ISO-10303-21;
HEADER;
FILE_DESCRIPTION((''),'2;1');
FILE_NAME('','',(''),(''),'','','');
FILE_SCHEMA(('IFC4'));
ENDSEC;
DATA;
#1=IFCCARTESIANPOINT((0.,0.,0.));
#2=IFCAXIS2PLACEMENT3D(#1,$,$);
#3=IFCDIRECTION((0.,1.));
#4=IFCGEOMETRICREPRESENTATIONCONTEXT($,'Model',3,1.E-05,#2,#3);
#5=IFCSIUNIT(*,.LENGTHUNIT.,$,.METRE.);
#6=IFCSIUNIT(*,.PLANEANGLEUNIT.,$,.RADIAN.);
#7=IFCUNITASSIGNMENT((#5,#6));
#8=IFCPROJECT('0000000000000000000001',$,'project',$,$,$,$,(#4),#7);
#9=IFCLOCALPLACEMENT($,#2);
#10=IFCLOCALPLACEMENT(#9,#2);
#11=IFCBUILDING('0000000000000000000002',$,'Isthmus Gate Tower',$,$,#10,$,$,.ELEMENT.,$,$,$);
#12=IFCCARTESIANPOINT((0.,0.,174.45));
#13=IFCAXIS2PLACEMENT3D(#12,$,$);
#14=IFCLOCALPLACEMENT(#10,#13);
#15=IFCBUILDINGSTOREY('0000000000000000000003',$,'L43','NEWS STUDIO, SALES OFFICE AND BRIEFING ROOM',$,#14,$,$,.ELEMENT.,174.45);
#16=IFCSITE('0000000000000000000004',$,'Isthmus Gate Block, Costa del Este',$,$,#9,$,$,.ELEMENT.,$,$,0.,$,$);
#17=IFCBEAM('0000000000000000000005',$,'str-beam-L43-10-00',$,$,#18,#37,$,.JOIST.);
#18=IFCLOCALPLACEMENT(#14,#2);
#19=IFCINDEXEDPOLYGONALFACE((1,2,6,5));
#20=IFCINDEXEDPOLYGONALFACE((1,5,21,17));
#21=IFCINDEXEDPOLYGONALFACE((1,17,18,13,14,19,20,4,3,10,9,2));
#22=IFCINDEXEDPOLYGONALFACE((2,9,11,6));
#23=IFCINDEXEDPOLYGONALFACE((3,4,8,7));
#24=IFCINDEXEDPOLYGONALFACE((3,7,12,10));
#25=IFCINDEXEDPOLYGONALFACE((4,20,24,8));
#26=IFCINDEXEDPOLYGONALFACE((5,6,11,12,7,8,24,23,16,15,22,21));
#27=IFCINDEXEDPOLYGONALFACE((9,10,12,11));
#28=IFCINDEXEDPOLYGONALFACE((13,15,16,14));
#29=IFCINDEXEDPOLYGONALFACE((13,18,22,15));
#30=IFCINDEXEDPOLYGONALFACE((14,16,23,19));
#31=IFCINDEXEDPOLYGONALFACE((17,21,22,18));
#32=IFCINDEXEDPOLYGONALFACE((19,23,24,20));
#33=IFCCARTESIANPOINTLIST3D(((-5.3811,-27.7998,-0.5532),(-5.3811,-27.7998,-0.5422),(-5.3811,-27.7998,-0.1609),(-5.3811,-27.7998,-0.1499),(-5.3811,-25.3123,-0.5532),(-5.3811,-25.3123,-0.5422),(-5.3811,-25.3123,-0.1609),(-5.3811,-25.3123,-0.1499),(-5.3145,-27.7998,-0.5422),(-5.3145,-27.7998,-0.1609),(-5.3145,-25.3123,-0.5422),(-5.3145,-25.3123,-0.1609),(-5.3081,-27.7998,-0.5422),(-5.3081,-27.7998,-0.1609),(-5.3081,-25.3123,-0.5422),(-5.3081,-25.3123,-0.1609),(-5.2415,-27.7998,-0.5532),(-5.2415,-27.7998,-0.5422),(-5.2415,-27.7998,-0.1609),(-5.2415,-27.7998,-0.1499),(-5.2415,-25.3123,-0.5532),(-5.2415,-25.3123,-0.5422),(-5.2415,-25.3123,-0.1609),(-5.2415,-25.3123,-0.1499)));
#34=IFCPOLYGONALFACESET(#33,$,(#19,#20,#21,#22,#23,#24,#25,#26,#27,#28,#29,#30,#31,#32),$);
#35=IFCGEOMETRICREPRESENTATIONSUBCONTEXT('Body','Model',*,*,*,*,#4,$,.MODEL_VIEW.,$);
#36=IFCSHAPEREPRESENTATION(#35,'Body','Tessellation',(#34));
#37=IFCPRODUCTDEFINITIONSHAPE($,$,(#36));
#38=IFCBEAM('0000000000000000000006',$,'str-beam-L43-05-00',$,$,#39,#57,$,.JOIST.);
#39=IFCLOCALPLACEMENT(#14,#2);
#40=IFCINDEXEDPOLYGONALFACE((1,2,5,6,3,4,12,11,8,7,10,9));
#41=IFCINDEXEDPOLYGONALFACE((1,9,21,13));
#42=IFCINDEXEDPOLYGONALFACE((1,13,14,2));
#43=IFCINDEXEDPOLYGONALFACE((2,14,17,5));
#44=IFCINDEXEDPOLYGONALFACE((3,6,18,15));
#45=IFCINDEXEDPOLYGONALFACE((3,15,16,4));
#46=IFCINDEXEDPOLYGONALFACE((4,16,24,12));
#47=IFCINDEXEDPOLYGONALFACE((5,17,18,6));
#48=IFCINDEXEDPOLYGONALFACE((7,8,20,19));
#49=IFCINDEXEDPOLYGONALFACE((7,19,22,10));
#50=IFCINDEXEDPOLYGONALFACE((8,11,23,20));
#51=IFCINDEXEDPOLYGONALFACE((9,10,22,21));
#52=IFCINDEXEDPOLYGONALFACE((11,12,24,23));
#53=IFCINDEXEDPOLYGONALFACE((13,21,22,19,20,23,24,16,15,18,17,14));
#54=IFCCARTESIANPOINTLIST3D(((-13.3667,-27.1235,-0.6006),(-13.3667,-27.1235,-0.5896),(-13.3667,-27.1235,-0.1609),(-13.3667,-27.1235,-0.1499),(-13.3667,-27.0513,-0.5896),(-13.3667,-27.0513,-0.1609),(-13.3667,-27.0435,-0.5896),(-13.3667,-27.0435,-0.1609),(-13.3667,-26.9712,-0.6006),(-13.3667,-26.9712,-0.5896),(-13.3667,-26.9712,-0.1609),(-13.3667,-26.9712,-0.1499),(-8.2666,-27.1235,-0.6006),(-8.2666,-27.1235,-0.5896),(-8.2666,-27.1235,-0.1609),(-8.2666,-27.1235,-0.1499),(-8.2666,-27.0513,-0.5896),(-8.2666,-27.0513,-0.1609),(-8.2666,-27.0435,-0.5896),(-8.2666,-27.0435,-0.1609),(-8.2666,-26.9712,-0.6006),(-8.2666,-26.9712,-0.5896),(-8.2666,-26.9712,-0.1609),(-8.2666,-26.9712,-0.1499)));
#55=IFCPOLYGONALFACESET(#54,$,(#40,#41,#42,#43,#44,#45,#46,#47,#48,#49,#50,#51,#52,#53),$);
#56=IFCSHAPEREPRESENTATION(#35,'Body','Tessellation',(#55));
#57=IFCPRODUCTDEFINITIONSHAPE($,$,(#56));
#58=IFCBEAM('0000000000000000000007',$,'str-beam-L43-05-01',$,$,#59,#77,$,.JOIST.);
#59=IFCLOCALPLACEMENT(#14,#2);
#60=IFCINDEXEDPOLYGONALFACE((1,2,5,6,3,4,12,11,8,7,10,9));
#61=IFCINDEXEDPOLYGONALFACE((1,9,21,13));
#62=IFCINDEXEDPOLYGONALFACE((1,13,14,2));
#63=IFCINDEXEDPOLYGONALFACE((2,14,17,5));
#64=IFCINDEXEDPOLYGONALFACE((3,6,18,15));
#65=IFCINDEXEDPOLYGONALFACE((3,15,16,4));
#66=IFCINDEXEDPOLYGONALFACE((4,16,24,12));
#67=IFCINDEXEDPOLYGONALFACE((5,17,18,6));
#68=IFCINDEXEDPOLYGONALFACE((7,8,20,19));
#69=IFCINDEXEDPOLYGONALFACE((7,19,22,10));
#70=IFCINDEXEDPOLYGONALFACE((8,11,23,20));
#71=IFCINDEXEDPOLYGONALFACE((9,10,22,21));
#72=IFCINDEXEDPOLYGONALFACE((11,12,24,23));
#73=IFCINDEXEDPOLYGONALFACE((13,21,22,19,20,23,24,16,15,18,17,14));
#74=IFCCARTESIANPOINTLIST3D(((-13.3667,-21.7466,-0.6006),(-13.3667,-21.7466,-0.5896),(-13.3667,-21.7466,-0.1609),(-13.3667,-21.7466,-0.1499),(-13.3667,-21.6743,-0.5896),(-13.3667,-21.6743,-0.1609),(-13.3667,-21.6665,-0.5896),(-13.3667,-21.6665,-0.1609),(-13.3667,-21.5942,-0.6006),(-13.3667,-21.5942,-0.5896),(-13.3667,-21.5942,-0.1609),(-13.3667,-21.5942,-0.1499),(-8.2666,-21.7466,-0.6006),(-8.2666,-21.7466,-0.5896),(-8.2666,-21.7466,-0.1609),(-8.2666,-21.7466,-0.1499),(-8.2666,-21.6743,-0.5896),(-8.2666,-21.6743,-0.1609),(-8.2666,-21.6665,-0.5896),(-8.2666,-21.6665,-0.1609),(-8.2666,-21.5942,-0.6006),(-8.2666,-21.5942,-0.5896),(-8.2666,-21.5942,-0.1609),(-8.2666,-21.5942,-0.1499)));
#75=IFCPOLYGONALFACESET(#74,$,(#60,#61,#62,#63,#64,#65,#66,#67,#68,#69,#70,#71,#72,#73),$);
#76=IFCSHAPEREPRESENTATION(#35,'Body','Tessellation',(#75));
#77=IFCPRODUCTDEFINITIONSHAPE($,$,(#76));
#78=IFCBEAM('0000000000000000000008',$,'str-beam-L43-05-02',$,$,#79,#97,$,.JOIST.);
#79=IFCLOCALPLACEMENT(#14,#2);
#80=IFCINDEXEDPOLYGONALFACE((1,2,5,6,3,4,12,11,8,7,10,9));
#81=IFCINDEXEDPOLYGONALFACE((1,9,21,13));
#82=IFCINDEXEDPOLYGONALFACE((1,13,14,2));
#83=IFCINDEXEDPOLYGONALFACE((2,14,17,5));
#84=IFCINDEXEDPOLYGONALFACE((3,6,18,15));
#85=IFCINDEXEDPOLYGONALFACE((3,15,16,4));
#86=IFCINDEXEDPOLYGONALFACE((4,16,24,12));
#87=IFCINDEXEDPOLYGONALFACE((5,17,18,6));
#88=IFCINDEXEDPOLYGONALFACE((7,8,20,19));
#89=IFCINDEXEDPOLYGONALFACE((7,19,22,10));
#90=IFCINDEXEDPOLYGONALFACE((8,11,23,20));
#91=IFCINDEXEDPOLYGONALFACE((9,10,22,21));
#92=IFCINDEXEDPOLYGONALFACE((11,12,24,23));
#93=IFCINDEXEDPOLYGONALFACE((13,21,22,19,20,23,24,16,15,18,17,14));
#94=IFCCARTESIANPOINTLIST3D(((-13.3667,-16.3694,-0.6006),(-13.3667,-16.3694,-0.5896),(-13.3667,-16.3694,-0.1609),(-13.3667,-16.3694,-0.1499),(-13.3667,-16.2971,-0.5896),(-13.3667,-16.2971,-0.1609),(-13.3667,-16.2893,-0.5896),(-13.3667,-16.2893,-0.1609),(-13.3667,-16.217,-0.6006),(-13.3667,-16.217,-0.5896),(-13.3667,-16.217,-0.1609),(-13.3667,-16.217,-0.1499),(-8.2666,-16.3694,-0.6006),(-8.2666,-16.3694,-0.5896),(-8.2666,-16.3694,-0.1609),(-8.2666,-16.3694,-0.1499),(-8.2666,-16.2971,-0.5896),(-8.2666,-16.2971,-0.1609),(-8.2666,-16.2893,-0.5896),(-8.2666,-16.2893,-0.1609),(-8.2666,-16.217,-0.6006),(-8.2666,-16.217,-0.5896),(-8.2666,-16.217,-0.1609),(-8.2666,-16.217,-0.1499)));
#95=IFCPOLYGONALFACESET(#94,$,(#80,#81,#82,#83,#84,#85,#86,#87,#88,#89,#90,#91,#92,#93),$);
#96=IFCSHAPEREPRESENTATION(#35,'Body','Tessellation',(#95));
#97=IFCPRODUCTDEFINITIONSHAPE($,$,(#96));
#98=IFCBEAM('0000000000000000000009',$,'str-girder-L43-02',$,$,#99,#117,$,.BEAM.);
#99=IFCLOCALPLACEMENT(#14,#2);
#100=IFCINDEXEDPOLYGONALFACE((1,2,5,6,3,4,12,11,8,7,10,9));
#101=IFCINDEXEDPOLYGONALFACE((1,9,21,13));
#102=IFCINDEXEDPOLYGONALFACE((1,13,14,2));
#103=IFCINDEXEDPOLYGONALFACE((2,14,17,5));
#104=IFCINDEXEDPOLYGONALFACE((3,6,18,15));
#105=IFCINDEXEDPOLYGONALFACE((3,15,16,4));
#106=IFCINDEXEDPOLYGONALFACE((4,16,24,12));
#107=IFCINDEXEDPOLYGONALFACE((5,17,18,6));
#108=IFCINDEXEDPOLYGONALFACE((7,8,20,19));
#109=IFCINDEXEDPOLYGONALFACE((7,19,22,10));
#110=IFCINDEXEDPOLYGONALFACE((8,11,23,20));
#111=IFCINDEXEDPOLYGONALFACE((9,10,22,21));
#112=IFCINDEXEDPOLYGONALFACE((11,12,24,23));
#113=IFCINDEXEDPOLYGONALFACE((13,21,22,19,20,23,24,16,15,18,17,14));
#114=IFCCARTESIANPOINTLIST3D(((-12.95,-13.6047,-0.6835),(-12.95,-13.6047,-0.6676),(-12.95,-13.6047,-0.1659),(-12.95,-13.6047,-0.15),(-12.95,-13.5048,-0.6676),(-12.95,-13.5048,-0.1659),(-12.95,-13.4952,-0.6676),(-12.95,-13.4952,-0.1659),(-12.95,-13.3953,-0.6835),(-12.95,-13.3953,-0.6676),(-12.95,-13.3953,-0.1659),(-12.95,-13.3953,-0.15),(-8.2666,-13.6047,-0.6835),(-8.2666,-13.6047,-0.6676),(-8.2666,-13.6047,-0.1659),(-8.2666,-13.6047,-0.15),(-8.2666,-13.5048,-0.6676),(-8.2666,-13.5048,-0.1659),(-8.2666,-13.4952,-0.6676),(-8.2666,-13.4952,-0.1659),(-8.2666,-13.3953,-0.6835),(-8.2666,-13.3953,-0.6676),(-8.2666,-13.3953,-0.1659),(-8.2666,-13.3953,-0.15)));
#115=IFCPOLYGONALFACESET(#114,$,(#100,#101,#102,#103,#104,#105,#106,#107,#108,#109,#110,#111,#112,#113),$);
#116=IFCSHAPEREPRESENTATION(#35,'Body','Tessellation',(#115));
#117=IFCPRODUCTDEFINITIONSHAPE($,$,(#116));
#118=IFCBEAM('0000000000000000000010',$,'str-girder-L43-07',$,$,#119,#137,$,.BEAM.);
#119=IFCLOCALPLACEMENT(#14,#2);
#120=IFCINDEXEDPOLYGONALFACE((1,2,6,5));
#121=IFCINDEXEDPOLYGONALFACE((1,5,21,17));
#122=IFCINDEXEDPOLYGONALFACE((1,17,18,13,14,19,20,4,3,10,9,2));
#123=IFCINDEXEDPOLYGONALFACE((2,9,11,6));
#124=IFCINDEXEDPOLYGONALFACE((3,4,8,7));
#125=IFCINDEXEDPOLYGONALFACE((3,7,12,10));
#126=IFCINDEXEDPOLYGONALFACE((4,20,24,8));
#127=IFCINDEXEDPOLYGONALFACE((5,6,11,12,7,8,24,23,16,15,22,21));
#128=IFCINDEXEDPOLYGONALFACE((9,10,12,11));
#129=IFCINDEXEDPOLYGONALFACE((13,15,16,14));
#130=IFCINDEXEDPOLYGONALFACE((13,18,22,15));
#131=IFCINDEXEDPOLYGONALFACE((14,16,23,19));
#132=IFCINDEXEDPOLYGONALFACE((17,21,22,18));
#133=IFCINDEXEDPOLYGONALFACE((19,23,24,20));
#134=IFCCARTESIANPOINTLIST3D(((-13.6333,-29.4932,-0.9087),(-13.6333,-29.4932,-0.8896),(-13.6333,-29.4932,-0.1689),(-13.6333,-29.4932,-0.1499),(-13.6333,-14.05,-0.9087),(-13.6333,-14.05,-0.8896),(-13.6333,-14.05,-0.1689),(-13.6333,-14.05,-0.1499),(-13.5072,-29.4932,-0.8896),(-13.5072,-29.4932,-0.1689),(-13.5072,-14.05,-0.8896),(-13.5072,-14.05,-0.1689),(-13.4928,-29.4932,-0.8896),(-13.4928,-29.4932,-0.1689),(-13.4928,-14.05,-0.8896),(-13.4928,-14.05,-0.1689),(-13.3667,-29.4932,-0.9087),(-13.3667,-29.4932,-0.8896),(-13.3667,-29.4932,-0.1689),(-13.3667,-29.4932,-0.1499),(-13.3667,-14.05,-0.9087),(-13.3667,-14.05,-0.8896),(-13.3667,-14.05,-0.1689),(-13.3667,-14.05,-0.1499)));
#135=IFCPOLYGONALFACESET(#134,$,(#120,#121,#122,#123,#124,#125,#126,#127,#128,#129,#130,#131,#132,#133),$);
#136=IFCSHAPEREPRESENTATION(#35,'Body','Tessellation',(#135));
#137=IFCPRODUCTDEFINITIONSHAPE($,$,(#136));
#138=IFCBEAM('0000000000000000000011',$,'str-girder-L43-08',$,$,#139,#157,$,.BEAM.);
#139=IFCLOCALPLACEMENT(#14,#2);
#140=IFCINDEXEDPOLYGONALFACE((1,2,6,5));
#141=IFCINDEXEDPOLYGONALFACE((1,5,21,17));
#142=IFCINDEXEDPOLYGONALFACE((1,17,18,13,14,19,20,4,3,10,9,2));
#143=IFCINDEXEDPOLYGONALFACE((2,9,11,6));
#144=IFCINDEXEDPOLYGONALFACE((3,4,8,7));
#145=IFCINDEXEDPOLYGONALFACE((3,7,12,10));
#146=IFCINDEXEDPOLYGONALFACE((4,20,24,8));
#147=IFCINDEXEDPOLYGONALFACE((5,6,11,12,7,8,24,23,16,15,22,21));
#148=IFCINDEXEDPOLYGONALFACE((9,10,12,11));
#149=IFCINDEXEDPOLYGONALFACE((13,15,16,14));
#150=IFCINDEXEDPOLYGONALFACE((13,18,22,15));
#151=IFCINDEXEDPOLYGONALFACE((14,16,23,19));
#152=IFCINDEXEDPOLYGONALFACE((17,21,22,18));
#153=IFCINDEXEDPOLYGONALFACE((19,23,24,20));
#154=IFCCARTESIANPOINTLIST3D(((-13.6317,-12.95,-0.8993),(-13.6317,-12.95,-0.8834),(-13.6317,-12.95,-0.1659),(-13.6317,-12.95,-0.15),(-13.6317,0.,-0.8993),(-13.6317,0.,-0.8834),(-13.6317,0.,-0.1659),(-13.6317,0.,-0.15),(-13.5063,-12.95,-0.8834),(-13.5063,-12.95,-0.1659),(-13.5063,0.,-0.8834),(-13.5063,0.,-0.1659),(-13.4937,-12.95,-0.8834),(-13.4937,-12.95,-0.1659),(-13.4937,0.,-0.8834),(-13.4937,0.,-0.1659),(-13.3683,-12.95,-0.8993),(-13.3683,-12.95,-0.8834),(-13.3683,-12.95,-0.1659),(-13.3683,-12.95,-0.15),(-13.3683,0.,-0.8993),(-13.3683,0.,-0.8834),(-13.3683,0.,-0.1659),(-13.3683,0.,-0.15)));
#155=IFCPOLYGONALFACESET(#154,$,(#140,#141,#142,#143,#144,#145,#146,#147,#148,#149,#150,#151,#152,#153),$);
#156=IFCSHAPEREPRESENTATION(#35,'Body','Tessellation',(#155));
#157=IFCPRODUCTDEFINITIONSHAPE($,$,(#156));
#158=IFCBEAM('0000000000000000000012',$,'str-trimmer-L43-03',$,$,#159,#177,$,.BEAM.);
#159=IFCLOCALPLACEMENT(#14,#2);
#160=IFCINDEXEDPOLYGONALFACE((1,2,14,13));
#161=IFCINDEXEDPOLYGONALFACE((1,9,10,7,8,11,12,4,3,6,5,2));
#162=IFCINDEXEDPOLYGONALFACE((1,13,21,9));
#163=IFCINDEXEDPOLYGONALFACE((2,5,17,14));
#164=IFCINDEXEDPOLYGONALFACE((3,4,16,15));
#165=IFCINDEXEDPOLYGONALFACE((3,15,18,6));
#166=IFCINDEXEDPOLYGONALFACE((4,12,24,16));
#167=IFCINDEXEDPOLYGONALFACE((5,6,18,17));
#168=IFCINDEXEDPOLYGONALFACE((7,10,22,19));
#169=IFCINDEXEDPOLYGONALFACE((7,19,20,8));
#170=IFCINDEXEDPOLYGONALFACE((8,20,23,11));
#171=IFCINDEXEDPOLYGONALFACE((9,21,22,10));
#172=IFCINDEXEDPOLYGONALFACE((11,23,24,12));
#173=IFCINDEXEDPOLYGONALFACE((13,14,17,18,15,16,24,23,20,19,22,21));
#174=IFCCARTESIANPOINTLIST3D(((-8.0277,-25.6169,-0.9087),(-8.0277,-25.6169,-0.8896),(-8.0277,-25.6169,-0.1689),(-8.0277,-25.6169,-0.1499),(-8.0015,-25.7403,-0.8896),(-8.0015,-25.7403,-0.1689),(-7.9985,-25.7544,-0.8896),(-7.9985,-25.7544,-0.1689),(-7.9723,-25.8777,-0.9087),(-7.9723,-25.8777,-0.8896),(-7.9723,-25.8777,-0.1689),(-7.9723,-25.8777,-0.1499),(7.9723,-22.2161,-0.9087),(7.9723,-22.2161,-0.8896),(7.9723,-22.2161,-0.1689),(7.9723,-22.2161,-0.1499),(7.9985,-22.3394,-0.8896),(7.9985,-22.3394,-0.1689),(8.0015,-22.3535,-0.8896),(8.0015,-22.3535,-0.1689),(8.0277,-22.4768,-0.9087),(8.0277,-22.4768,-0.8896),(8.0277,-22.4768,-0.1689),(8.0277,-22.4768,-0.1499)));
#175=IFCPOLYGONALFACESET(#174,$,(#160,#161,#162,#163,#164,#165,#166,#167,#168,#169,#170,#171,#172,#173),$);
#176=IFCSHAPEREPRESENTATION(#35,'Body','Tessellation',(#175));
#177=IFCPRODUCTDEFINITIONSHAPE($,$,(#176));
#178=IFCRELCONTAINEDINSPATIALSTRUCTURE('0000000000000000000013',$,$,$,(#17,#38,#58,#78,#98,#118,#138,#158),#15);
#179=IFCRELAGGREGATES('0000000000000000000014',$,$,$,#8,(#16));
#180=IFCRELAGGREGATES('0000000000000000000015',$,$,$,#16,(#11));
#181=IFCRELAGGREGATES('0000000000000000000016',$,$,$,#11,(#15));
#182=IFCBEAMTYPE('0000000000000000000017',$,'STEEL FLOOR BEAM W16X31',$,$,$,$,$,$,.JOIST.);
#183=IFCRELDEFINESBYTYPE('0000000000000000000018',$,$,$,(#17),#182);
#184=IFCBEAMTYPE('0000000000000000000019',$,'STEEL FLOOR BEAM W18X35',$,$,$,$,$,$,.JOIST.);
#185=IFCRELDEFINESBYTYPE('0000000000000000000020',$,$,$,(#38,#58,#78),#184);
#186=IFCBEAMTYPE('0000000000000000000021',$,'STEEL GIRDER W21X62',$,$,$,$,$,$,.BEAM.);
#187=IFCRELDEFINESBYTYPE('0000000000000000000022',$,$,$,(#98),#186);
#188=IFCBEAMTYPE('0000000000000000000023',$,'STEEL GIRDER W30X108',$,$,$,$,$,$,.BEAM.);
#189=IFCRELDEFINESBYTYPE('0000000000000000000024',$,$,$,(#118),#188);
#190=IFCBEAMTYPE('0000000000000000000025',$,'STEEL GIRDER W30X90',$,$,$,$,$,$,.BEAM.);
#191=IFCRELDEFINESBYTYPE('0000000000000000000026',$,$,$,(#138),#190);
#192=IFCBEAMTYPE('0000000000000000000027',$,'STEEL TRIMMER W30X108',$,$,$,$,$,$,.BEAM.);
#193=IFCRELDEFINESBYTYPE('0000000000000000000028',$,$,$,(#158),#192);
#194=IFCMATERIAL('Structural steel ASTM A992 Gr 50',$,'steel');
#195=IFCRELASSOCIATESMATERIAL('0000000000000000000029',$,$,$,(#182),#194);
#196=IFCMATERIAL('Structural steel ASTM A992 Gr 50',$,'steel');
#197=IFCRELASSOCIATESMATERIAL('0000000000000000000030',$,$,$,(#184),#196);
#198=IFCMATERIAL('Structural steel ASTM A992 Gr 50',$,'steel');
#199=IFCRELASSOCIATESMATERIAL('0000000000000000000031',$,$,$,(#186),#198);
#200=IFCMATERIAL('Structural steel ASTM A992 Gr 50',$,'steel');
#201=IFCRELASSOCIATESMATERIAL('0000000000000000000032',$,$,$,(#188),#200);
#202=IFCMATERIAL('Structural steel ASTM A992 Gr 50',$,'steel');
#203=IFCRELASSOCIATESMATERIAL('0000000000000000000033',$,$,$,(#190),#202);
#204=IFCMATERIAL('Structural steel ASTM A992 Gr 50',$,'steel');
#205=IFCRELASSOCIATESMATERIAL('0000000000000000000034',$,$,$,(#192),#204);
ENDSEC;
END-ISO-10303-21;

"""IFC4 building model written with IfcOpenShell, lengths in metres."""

from ifc_helpers import new_model, si_unit, direction, frame, origin, origin_2d, place, context, subcontext, project, spatial, i_section, extrude, material, material_profile, profile_set, type_object, element, save


model = new_model("IFC4")

# Units and contexts
model_context = context("Model", 3, precision=1e-05, world=origin(), true_north=direction((0.0, 1.0)))
body_context = subcontext(model_context, "Body", "Model", "MODEL_VIEW")
ifc_project = project(units=[si_unit("LENGTHUNIT", "METRE"), si_unit("PLANEANGLEUNIT", "RADIAN")], contexts=[model_context])

# Site, building, storey
site_placement = place(None, origin())
site = spatial("IfcSite", under=ifc_project, at=site_placement, Name="Isthmus Gate Block, Costa del Este", CompositionType="ELEMENT", RefElevation=0.0)
building_placement = place(site_placement, origin())
building = spatial("IfcBuilding", under=site, at=building_placement, Name="Isthmus Gate Tower", CompositionType="ELEMENT")
storey_placement = place(building_placement, frame((0.0, 0.0, 174.45)))
storey = spatial("IfcBuildingStorey", under=building, at=storey_placement, Name="L43", Description="NEWS STUDIO, SALES OFFICE AND BRIEFING ROOM", CompositionType="ELEMENT", Elevation=174.45)

# Beams
ifc_material_1 = material(Name="Structural steel ASTM A992 Gr 50", Category="steel")
ifc_material_profile_1 = material_profile(ifc_material_1, i_section(OverallWidth=0.1396, OverallDepth=0.4033, WebThickness=0.0063, FlangeThickness=0.011, at=origin_2d()), Name="W16X31")
ifc_profile_set_1 = profile_set([ifc_material_profile_1], Name="Structural steel ASTM A992 Gr 50")
beam_type_1 = type_object("IfcBeamType", Name="STEEL FLOOR BEAM W16X31", PredefinedType="JOIST", material=ifc_profile_set_1)
beam_1_placement = place(storey_placement, frame((-5.3113, -27.7998, -0.3516), z_axis=(0.0, 1.0, 0.0), x_axis=(-1.0, 0.0, 0.0)))
element("IfcBeam", 1, at=beam_1_placement, inside=storey, type_object=beam_type_1, Name="str-beam-L43-10-00", PredefinedType="JOIST", context=body_context, shape_type="SweptSolid", body=[
    extrude(i_section(OverallWidth=0.1396, OverallDepth=0.4033, WebThickness=0.0063, FlangeThickness=0.011, at=origin_2d()), origin(), (0.0, 0.0, 1.0), 2.4875),
])
ifc_material_2 = material(Name="Structural steel ASTM A992 Gr 50", Category="steel")
ifc_material_profile_2 = material_profile(ifc_material_2, i_section(OverallWidth=0.1523, OverallDepth=0.4507, WebThickness=0.0078, FlangeThickness=0.011, at=origin_2d()), Name="W18X35")
ifc_profile_set_2 = profile_set([ifc_material_profile_2], Name="Structural steel ASTM A992 Gr 50")
beam_type_2 = type_object("IfcBeamType", Name="STEEL FLOOR BEAM W18X35", PredefinedType="JOIST", material=ifc_profile_set_2)
for number, where, z_axis, x_axis, name in (
    (2, (-13.3667, -27.0474, -0.3752), (1.0, 0.0, 0.0), (0.0, 1.0, 0.0), "str-beam-L43-05-00"),
    (3, (-13.3667, -21.6704, -0.3752), (1.0, 0.0, 0.0), (0.0, 1.0, 0.0), "str-beam-L43-05-01"),
    (4, (-13.3667, -16.2932, -0.3752), (1.0, 0.0, 0.0), (0.0, 1.0, 0.0), "str-beam-L43-05-02"),
):
    element("IfcBeam", number, at=place(storey_placement, frame(where, z_axis=z_axis, x_axis=x_axis)), inside=storey, type_object=beam_type_2, Name=name, PredefinedType="JOIST", context=body_context, shape_type="SweptSolid", body=[
        extrude(i_section(OverallWidth=0.1523, OverallDepth=0.4507, WebThickness=0.0078, FlangeThickness=0.011, at=origin_2d()), origin(), (0.0, 0.0, 1.0), 5.1001),
    ])
ifc_material_3 = material(Name="Structural steel ASTM A992 Gr 50", Category="steel")
ifc_material_profile_3 = material_profile(ifc_material_3, i_section(OverallWidth=0.2095, OverallDepth=0.5334, WebThickness=0.0095, FlangeThickness=0.0159, at=origin_2d()), Name="W21X62")
ifc_profile_set_3 = profile_set([ifc_material_profile_3], Name="Structural steel ASTM A992 Gr 50")
beam_type_3 = type_object("IfcBeamType", Name="STEEL GIRDER W21X62", PredefinedType="BEAM", material=ifc_profile_set_3)
beam_2_placement = place(storey_placement, frame((-12.95, -13.5, -0.4167), z_axis=(1.0, 0.0, 0.0), x_axis=(0.0, 1.0, 0.0)))
element("IfcBeam", 5, at=beam_2_placement, inside=storey, type_object=beam_type_3, Name="str-girder-L43-02", PredefinedType="BEAM", context=body_context, shape_type="SweptSolid", body=[
    extrude(i_section(OverallWidth=0.2095, OverallDepth=0.5334, WebThickness=0.0095, FlangeThickness=0.0159, at=origin_2d()), origin(), (0.0, 0.0, 1.0), 4.6833),
])
ifc_material_4 = material(Name="Structural steel ASTM A992 Gr 50", Category="steel")
ifc_material_profile_4 = material_profile(ifc_material_4, i_section(OverallWidth=0.2666, OverallDepth=0.7588, WebThickness=0.0144, FlangeThickness=0.019, at=origin_2d()), Name="W30X108")
ifc_profile_set_4 = profile_set([ifc_material_profile_4], Name="Structural steel ASTM A992 Gr 50")
beam_type_4 = type_object("IfcBeamType", Name="STEEL GIRDER W30X108", PredefinedType="BEAM", material=ifc_profile_set_4)
beam_3_placement = place(storey_placement, frame((-13.5, -29.4932, -0.5293), z_axis=(0.0, 1.0, 0.0), x_axis=(-1.0, 0.0, 0.0)))
element("IfcBeam", 6, at=beam_3_placement, inside=storey, type_object=beam_type_4, Name="str-girder-L43-07", PredefinedType="BEAM", context=body_context, shape_type="SweptSolid", body=[
    extrude(i_section(OverallWidth=0.2666, OverallDepth=0.7588, WebThickness=0.0144, FlangeThickness=0.019, at=origin_2d()), origin(), (0.0, 0.0, 1.0), 15.4431),
])
ifc_material_5 = material(Name="Structural steel ASTM A992 Gr 50", Category="steel")
ifc_material_profile_5 = material_profile(ifc_material_5, i_section(OverallWidth=0.2634, OverallDepth=0.7493, WebThickness=0.0127, FlangeThickness=0.0159, at=origin_2d()), Name="W30X90")
ifc_profile_set_5 = profile_set([ifc_material_profile_5], Name="Structural steel ASTM A992 Gr 50")
beam_type_5 = type_object("IfcBeamType", Name="STEEL GIRDER W30X90", PredefinedType="BEAM", material=ifc_profile_set_5)
beam_4_placement = place(storey_placement, frame((-13.5, -12.95, -0.5247), z_axis=(0.0, 1.0, 0.0), x_axis=(-1.0, 0.0, 0.0)))
element("IfcBeam", 7, at=beam_4_placement, inside=storey, type_object=beam_type_5, Name="str-girder-L43-08", PredefinedType="BEAM", context=body_context, shape_type="SweptSolid", body=[
    extrude(i_section(OverallWidth=0.2634, OverallDepth=0.7493, WebThickness=0.0127, FlangeThickness=0.0159, at=origin_2d()), origin(), (0.0, 0.0, 1.0), 12.95),
])
ifc_material_6 = material(Name="Structural steel ASTM A992 Gr 50", Category="steel")
ifc_material_profile_6 = material_profile(ifc_material_6, i_section(OverallWidth=0.2666, OverallDepth=0.7588, WebThickness=0.0144, FlangeThickness=0.019, at=origin_2d()), Name="W30X108")
ifc_profile_set_6 = profile_set([ifc_material_profile_6], Name="Structural steel ASTM A992 Gr 50")
beam_type_6 = type_object("IfcBeamType", Name="STEEL TRIMMER W30X108", PredefinedType="BEAM", material=ifc_profile_set_6)
beam_5_placement = place(storey_placement, frame((-8.0, -25.7473, -0.5293), z_axis=(0.978148, 0.20791, 0.0), x_axis=(-0.20791, 0.978148, 0.0)))
element("IfcBeam", 8, at=beam_5_placement, inside=storey, type_object=beam_type_6, Name="str-trimmer-L43-03", PredefinedType="BEAM", context=body_context, shape_type="SweptSolid", body=[
    extrude(i_section(OverallWidth=0.2666, OverallDepth=0.7588, WebThickness=0.0144, FlangeThickness=0.019, at=origin_2d()), origin(), (0.0, 0.0, 1.0), 16.3574),
])

save(model, "model.ifc")
